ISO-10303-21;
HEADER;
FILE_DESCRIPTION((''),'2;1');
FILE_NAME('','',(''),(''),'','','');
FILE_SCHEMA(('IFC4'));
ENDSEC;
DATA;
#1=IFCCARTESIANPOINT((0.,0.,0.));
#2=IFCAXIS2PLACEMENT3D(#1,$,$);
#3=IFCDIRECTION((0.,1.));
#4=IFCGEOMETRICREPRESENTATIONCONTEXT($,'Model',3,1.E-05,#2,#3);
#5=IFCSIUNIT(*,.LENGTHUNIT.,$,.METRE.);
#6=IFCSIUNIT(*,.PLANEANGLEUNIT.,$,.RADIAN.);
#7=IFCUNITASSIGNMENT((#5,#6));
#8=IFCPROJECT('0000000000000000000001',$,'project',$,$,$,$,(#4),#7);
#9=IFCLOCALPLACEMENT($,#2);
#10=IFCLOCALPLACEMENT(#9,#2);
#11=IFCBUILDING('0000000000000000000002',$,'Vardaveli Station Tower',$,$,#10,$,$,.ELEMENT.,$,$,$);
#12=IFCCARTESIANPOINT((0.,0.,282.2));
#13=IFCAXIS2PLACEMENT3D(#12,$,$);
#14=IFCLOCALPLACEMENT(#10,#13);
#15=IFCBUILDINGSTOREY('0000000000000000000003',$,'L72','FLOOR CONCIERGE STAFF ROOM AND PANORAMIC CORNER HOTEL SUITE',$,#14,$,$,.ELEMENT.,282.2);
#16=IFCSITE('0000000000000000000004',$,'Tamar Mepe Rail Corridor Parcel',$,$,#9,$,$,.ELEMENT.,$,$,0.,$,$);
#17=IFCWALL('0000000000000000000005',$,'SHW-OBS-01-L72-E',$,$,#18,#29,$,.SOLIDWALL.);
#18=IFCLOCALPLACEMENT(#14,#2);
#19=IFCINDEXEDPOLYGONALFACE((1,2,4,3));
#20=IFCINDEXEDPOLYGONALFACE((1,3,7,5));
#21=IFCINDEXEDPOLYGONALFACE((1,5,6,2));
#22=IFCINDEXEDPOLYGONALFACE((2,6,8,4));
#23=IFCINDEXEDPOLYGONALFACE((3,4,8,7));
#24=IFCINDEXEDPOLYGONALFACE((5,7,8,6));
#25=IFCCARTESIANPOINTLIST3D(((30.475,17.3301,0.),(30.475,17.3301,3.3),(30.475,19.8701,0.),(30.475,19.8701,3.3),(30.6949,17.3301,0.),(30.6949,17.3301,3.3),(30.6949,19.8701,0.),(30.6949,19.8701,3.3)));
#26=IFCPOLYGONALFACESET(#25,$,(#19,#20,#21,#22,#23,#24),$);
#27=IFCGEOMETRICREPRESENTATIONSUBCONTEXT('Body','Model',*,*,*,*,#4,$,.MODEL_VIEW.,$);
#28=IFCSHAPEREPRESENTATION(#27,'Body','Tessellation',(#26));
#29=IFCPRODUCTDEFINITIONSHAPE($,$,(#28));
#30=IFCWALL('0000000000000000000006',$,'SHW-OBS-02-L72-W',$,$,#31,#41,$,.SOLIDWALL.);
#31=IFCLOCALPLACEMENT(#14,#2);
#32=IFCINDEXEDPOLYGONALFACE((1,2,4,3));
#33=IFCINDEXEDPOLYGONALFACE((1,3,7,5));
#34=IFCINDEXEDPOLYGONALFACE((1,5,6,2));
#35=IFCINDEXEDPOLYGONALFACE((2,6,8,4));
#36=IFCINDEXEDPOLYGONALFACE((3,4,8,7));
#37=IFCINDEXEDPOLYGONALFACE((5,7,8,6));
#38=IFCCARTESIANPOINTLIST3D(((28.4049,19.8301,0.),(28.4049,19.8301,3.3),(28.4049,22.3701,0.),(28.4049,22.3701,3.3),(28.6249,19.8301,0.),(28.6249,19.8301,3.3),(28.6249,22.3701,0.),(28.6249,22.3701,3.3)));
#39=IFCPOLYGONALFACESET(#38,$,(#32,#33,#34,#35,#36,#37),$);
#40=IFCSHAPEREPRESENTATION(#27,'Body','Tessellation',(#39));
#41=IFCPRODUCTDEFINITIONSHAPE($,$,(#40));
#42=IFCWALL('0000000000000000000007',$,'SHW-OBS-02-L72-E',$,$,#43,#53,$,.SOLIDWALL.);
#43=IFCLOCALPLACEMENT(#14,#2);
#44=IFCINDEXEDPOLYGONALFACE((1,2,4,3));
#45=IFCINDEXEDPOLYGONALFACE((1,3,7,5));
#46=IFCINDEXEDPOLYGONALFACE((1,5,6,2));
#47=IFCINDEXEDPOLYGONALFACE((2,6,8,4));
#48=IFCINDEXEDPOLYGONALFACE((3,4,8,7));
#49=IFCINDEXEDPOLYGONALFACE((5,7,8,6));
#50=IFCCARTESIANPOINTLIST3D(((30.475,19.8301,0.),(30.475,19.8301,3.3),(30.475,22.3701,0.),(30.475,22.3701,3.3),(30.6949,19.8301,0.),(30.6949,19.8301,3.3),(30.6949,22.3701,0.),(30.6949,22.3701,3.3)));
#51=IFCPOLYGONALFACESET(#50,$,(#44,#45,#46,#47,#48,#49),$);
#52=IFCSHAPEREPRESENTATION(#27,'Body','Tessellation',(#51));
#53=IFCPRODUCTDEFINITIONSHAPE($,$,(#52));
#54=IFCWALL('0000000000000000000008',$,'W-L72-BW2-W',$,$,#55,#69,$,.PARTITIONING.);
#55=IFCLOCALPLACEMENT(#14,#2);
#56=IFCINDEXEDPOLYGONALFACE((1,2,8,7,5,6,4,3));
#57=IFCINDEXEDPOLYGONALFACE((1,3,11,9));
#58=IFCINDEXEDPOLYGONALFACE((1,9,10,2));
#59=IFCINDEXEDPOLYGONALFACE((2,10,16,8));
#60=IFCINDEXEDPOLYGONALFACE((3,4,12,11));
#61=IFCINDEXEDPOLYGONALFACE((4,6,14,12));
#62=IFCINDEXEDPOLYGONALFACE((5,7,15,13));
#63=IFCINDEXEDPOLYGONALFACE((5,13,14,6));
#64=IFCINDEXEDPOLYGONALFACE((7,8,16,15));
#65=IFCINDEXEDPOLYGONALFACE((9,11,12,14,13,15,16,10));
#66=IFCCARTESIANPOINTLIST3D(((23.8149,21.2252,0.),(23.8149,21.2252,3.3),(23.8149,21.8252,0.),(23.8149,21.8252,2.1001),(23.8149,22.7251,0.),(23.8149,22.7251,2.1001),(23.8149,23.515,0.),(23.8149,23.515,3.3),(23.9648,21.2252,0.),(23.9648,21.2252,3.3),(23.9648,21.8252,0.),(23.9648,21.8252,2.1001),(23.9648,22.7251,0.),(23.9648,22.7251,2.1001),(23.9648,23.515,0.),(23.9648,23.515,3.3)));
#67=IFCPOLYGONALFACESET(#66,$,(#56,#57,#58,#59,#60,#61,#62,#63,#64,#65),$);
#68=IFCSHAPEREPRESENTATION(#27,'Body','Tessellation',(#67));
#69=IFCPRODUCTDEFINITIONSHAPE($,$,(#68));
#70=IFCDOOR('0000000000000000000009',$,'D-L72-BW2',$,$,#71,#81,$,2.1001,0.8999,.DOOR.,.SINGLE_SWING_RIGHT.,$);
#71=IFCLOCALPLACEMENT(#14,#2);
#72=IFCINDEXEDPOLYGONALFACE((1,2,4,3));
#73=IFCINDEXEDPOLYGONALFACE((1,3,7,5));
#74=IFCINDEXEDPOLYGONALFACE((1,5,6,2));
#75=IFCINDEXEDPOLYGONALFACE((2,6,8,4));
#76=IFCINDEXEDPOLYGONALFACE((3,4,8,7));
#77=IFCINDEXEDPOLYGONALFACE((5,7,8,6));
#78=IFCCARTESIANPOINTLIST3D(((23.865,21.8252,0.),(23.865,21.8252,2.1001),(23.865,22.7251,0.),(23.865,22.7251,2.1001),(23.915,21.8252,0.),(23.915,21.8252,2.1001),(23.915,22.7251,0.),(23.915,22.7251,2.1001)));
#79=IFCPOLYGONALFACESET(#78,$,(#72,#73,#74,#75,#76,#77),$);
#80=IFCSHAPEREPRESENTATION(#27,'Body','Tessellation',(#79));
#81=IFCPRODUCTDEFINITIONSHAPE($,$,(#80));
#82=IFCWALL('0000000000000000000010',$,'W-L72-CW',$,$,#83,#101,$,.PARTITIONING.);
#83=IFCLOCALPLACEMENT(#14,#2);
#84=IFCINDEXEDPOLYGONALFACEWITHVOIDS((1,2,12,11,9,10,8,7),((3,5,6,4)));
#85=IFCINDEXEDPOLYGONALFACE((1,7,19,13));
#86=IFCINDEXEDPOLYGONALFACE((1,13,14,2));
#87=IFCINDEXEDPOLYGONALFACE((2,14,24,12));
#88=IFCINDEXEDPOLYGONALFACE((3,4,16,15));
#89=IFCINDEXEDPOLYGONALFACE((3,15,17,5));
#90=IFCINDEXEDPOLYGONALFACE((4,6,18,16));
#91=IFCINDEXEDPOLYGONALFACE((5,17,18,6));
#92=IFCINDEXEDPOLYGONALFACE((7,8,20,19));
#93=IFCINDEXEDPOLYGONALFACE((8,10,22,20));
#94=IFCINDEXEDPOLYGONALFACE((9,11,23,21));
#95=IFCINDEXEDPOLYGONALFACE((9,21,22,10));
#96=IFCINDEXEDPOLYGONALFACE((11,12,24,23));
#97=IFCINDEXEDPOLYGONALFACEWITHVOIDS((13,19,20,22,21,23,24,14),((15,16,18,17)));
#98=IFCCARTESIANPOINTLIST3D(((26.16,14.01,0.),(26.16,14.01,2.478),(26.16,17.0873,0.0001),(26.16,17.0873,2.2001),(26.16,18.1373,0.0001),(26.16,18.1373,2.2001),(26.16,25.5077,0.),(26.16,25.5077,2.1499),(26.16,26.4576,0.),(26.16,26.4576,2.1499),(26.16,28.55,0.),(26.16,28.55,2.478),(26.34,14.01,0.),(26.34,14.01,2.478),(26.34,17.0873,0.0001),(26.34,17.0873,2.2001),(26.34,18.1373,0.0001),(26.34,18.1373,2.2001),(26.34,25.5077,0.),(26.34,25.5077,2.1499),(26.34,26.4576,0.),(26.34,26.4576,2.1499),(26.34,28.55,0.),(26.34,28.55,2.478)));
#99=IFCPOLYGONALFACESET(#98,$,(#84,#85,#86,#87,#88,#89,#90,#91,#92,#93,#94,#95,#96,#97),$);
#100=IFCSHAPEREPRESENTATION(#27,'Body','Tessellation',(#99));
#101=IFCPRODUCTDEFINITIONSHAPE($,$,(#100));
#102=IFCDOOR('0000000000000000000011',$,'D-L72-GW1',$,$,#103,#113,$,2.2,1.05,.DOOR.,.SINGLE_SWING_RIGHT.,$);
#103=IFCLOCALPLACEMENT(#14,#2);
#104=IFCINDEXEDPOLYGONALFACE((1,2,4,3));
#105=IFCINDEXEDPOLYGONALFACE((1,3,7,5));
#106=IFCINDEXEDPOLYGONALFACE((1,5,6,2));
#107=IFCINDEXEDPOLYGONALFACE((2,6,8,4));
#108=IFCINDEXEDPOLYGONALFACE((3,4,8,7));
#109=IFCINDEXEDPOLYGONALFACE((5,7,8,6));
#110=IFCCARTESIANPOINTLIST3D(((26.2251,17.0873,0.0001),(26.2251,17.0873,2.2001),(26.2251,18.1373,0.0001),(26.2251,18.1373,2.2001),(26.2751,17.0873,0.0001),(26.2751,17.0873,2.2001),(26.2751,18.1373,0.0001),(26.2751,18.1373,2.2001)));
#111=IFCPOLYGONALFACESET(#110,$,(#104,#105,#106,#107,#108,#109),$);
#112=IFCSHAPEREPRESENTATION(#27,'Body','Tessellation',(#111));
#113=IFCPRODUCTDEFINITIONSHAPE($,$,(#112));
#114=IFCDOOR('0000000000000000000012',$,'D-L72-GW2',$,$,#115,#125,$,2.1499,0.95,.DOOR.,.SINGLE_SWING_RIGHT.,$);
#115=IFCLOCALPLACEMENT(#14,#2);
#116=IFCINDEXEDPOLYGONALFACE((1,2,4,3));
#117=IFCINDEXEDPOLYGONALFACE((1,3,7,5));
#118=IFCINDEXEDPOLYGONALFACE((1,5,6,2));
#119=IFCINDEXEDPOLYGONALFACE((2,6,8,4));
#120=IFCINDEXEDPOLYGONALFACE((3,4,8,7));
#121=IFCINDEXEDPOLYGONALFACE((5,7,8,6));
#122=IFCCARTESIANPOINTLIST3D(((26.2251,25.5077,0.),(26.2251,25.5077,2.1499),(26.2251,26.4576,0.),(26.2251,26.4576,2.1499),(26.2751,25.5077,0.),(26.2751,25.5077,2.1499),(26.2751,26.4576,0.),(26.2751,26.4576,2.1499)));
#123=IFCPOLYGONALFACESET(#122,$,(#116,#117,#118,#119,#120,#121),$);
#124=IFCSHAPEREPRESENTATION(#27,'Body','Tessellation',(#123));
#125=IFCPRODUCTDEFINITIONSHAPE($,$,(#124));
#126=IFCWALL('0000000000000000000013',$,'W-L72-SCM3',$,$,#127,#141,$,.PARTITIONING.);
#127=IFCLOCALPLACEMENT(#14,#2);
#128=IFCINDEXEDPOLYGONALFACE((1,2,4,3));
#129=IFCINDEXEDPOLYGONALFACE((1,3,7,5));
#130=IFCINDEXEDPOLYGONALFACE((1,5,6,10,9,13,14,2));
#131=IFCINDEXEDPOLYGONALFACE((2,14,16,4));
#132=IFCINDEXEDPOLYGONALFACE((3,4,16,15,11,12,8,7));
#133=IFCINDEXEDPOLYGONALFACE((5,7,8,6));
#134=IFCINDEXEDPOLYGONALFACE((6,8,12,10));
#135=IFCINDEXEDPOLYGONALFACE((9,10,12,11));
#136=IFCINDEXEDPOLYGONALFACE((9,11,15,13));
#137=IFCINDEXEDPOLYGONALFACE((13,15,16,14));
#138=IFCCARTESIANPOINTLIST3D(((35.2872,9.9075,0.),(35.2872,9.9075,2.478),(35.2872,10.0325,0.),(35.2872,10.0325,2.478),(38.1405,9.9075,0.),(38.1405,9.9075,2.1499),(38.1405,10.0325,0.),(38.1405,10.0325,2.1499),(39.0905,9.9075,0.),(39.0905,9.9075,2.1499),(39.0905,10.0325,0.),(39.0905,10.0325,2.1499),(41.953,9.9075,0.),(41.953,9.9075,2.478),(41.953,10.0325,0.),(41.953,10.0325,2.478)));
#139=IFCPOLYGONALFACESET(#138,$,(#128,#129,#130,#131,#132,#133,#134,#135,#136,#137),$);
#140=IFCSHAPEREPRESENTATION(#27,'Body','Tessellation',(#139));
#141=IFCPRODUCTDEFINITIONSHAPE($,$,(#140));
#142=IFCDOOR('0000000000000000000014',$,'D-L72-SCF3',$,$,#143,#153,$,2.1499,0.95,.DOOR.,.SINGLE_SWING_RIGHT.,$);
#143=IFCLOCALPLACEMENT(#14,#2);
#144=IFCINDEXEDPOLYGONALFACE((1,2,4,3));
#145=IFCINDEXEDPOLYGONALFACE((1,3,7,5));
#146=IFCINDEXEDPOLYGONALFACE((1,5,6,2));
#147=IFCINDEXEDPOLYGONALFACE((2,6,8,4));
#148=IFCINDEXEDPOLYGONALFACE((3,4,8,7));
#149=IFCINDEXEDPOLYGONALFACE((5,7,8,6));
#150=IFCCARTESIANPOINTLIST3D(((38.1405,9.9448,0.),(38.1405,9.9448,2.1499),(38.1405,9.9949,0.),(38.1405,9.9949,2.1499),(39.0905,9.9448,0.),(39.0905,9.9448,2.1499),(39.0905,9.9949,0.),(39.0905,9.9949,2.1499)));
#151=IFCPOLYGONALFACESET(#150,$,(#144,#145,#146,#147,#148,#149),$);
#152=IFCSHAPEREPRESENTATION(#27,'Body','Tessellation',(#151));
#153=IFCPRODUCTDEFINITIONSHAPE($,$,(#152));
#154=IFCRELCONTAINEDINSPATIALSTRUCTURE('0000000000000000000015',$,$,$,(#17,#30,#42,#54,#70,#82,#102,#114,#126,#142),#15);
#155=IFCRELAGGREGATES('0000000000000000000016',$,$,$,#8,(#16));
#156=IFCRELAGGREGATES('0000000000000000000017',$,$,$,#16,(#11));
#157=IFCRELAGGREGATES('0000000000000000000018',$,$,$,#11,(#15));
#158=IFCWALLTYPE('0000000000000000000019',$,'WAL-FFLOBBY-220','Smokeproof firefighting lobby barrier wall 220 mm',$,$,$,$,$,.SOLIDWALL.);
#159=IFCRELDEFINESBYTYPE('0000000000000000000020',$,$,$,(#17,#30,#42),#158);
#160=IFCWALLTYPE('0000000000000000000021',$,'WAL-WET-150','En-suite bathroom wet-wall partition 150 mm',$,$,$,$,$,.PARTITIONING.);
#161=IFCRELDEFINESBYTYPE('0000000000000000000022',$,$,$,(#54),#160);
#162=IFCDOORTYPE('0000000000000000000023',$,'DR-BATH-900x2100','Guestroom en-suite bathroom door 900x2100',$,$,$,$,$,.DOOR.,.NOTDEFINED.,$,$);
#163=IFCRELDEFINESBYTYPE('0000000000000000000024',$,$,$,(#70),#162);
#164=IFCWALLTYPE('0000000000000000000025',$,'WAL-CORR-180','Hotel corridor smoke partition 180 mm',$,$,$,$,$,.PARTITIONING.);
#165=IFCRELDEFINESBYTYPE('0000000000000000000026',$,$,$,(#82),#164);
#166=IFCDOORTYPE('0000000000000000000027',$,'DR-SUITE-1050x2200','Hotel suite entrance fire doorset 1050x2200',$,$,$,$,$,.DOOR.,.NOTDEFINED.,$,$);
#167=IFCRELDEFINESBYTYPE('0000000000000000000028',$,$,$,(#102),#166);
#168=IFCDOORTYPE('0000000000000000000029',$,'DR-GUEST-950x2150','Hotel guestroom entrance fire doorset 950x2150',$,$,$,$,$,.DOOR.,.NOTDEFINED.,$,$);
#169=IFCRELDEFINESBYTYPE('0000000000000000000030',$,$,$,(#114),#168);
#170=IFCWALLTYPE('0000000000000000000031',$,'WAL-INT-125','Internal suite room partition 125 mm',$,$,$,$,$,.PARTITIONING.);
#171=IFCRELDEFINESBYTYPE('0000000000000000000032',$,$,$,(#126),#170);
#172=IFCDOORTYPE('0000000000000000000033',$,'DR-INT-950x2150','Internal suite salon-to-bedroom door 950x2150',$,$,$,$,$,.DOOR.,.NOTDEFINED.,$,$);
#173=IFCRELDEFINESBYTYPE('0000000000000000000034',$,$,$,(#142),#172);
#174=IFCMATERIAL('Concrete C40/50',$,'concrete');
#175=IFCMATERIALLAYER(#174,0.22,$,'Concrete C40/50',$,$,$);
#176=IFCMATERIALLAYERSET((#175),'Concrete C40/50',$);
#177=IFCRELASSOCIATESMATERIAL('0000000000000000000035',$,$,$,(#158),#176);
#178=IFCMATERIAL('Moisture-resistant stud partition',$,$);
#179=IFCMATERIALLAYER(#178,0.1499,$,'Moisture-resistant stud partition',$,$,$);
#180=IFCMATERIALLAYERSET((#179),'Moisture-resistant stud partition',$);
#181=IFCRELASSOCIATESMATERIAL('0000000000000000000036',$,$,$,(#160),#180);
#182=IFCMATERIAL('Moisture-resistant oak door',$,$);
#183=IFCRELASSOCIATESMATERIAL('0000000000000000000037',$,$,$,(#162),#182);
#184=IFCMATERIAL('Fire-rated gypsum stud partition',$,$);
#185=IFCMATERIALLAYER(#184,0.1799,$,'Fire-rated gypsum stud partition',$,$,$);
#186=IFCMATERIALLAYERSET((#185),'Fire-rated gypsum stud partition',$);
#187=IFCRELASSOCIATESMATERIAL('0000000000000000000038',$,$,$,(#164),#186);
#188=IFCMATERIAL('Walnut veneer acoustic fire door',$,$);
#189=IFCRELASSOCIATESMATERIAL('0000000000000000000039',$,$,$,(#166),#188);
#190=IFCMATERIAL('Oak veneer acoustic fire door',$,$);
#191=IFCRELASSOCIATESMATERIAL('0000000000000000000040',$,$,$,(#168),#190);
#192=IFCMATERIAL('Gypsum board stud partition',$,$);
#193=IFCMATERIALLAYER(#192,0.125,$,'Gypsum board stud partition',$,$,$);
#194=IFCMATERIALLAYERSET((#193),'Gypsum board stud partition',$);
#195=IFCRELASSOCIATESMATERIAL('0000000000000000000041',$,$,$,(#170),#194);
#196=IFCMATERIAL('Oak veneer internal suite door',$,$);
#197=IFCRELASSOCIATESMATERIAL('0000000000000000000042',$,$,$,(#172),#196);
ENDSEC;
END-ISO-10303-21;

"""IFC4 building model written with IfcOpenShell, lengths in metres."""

from ifc_helpers import new_model, si_unit, direction, frame, frame_2d, origin, place, context, subcontext, project, spatial, rectangle, extrude, source, transform, mapped, material, layer, layer_set, type_object, element, fill, save


model = new_model("IFC4")

# Units and contexts
model_context = context("Model", 3, precision=1e-05, world=origin(), true_north=direction((0.0, 1.0)))
body_context = subcontext(model_context, "Body", "Model", "MODEL_VIEW")
ifc_project = project(units=[si_unit("LENGTHUNIT", "METRE"), si_unit("PLANEANGLEUNIT", "RADIAN")], contexts=[model_context])

# Site, building, storey
site_placement = place(None, origin())
site = spatial("IfcSite", under=ifc_project, at=site_placement, Name="Tamar Mepe Rail Corridor Parcel", CompositionType="ELEMENT", RefElevation=0.0)
building_placement = place(site_placement, origin())
building = spatial("IfcBuilding", under=site, at=building_placement, Name="Vardaveli Station Tower", CompositionType="ELEMENT")
storey_placement = place(building_placement, frame((0.0, 0.0, 282.2)))
storey = spatial("IfcBuildingStorey", under=building, at=storey_placement, Name="L72", Description="FLOOR CONCIERGE STAFF ROOM AND PANORAMIC CORNER HOTEL SUITE", CompositionType="ELEMENT", Elevation=282.2)

# Walls
ifc_material_1 = material(Name="Concrete C40/50", Category="concrete")
ifc_layer_1 = layer(ifc_material_1, 0.22, Name="Concrete C40/50")
ifc_layer_set_1 = layer_set([ifc_layer_1], Name="Concrete C40/50")
wall_type_1 = type_object("IfcWallType", Name="WAL-FFLOBBY-220", Description="Smokeproof firefighting lobby barrier wall 220 mm", PredefinedType="SOLIDWALL", material=ifc_layer_set_1)
shared_shape_1 = source(origin(), body_context, "Body", "SweptSolid", [
    extrude(rectangle(XDim=2.54, YDim=0.22, at=frame_2d((1.27, 0.0))), origin(), (0.0, 0.0, 1.0), 3.3),
])
for number, where, z_axis, x_axis, name in (
    (1, (30.585, 17.3301, 0.0), (0.0, 0.0, 1.0), (0.0, 1.0, 0.0), "SHW-OBS-01-L72-E"),
    (2, (28.5149, 19.8301, 0.0), (0.0, 0.0, 1.0), (0.0, 1.0, 0.0), "SHW-OBS-02-L72-W"),
    (3, (30.585, 19.8301, 0.0), (0.0, 0.0, 1.0), (0.0, 1.0, 0.0), "SHW-OBS-02-L72-E"),
):
    element("IfcWall", number, at=place(storey_placement, frame(where, z_axis=z_axis, x_axis=x_axis)), inside=storey, type_object=wall_type_1, Name=name, PredefinedType="SOLIDWALL", context=body_context, shape_type="MappedRepresentation", body=[
        mapped(shared_shape_1, transform((0.0, 0.0, 0.0), scale=1.0)),
    ])

# Wall, opening, door
ifc_material_2 = material(Name="Moisture-resistant stud partition")
ifc_layer_2 = layer(ifc_material_2, 0.1499, Name="Moisture-resistant stud partition")
ifc_layer_set_2 = layer_set([ifc_layer_2], Name="Moisture-resistant stud partition")
wall_type_2 = type_object("IfcWallType", Name="WAL-WET-150", Description="En-suite bathroom wet-wall partition 150 mm", PredefinedType="PARTITIONING", material=ifc_layer_set_2)
shared_shape_2 = source(origin(), body_context, "Body", "SweptSolid", [
    extrude(rectangle(XDim=2.2898, YDim=0.1499, at=frame_2d((1.145, 0.0))), origin(), (0.0, 0.0, 1.0), 3.3),
])
wall_1_placement = place(storey_placement, frame((23.8899, 21.2251, 0.0), z_axis=(0.0, 0.0, 1.0), x_axis=(0.0, 1.0, 0.0)))
wall_1 = element("IfcWall", 4, at=wall_1_placement, inside=storey, type_object=wall_type_2, Name="W-L72-BW2-W", PredefinedType="PARTITIONING", context=body_context, shape_type="MappedRepresentation", body=[
    mapped(shared_shape_2, transform((0.0, 0.0, 0.0), scale=1.0)),
])
shared_shape_3 = source(origin(), body_context, "Body", "SweptSolid", [
    extrude(rectangle(XDim=0.8999, YDim=2.1001, at=frame_2d((0.45, 1.05))), frame((0.0, 0.085, 0.0), z_axis=(0.0, -1.0, 0.0), x_axis=(1.0, 0.0, 0.0)), (0.0, 0.0, 1.0), 0.1699),
])
opening_1_placement = place(wall_1_placement, frame((0.6001, 0.0, 0.0)))
opening_1 = element("IfcOpeningElement", 5, at=opening_1_placement, cuts=wall_1, PredefinedType="OPENING", context=body_context, shape_type="MappedRepresentation", body=[
    mapped(shared_shape_3, transform((0.0, 0.0, 0.0), scale=1.0)),
])
ifc_material_3 = material(Name="Moisture-resistant oak door")
door_type_1 = type_object("IfcDoorType", Name="DR-BATH-900x2100", Description="Guestroom en-suite bathroom door 900x2100", OperationType="NOTDEFINED", PredefinedType="DOOR", material=ifc_material_3)
shared_shape_4 = source(origin(), body_context, "Body", "SweptSolid", [
    extrude(rectangle(XDim=0.8999, YDim=2.1001, at=frame_2d((0.45, 1.05))), frame((0.0, 0.0249, 0.0), z_axis=(0.0, -1.0, 0.0), x_axis=(1.0, 0.0, 0.0)), (0.0, 0.0, 1.0), 0.05),
])
door_1_placement = place(opening_1_placement, origin())
door_1 = element("IfcDoor", 6, at=door_1_placement, inside=storey, type_object=door_type_1, Name="D-L72-BW2", OperationType="SINGLE_SWING_RIGHT", OverallHeight=2.1001, OverallWidth=0.8999, PredefinedType="DOOR", context=body_context, shape_type="MappedRepresentation", body=[
    mapped(shared_shape_4, transform((0.0, 0.0, 0.0), scale=1.0)),
])
fill(opening_1, door_1)

# Wall, openings, doors
ifc_material_4 = material(Name="Fire-rated gypsum stud partition")
ifc_layer_3 = layer(ifc_material_4, 0.1799, Name="Fire-rated gypsum stud partition")
ifc_layer_set_3 = layer_set([ifc_layer_3], Name="Fire-rated gypsum stud partition")
wall_type_3 = type_object("IfcWallType", Name="WAL-CORR-180", Description="Hotel corridor smoke partition 180 mm", PredefinedType="PARTITIONING", material=ifc_layer_set_3)
shared_shape_5 = source(origin(), body_context, "Body", "SweptSolid", [
    extrude(rectangle(XDim=14.54, YDim=0.1799, at=frame_2d((7.27, 0.0))), origin(), (0.0, 0.0, 1.0), 2.478),
])
wall_2_placement = place(storey_placement, frame((26.25, 14.01, 0.0), z_axis=(0.0, 0.0, 1.0), x_axis=(0.0, 1.0, 0.0)))
wall_2 = element("IfcWall", 7, at=wall_2_placement, inside=storey, type_object=wall_type_3, Name="W-L72-CW", PredefinedType="PARTITIONING", context=body_context, shape_type="MappedRepresentation", body=[
    mapped(shared_shape_5, transform((0.0, 0.0, 0.0), scale=1.0)),
])
shared_shape_6 = source(origin(), body_context, "Body", "SweptSolid", [
    extrude(rectangle(XDim=1.05, YDim=2.2, at=frame_2d((0.5249, 1.1001))), frame((0.0, 0.1001, 0.0), z_axis=(0.0, -1.0, 0.0), x_axis=(1.0, 0.0, 0.0)), (0.0, 0.0, 1.0), 0.2),
])
opening_2_placement = place(wall_2_placement, frame((3.0774, 0.0, 0.0)))
opening_2 = element("IfcOpeningElement", 8, at=opening_2_placement, cuts=wall_2, PredefinedType="OPENING", context=body_context, shape_type="MappedRepresentation", body=[
    mapped(shared_shape_6, transform((0.0, 0.0, 0.0), scale=1.0)),
])
shared_shape_7 = source(origin(), body_context, "Body", "SweptSolid", [
    extrude(rectangle(XDim=0.95, YDim=2.1499, at=frame_2d((0.4751, 1.075))), frame((0.0, 0.1001, 0.0), z_axis=(0.0, -1.0, 0.0), x_axis=(1.0, 0.0, 0.0)), (0.0, 0.0, 1.0), 0.2),
])
opening_3_placement = place(wall_2_placement, frame((11.4976, 0.0, 0.0)))
opening_3 = element("IfcOpeningElement", 9, at=opening_3_placement, cuts=wall_2, PredefinedType="OPENING", context=body_context, shape_type="MappedRepresentation", body=[
    mapped(shared_shape_7, transform((0.0, 0.0, 0.0), scale=1.0)),
])
ifc_material_5 = material(Name="Walnut veneer acoustic fire door")
door_type_2 = type_object("IfcDoorType", Name="DR-SUITE-1050x2200", Description="Hotel suite entrance fire doorset 1050x2200", OperationType="NOTDEFINED", PredefinedType="DOOR", material=ifc_material_5)
shared_shape_8 = source(origin(), body_context, "Body", "SweptSolid", [
    extrude(rectangle(XDim=1.05, YDim=2.2, at=frame_2d((0.5249, 1.1001))), frame((0.0, 0.0249, 0.0), z_axis=(0.0, -1.0, 0.0), x_axis=(1.0, 0.0, 0.0)), (0.0, 0.0, 1.0), 0.05),
])
door_2_placement = place(opening_2_placement, origin())
door_2 = element("IfcDoor", 10, at=door_2_placement, inside=storey, type_object=door_type_2, Name="D-L72-GW1", OperationType="SINGLE_SWING_RIGHT", OverallHeight=2.2, OverallWidth=1.05, PredefinedType="DOOR", context=body_context, shape_type="MappedRepresentation", body=[
    mapped(shared_shape_8, transform((0.0, 0.0, 0.0), scale=1.0)),
])
fill(opening_2, door_2)
ifc_material_6 = material(Name="Oak veneer acoustic fire door")
door_type_3 = type_object("IfcDoorType", Name="DR-GUEST-950x2150", Description="Hotel guestroom entrance fire doorset 950x2150", OperationType="NOTDEFINED", PredefinedType="DOOR", material=ifc_material_6)
shared_shape_9 = source(origin(), body_context, "Body", "SweptSolid", [
    extrude(rectangle(XDim=0.95, YDim=2.1499, at=frame_2d((0.4751, 1.075))), frame((0.0, 0.0249, 0.0), z_axis=(0.0, -1.0, 0.0), x_axis=(1.0, 0.0, 0.0)), (0.0, 0.0, 1.0), 0.05),
])
door_3_placement = place(opening_3_placement, origin())
door_3 = element("IfcDoor", 11, at=door_3_placement, inside=storey, type_object=door_type_3, Name="D-L72-GW2", OperationType="SINGLE_SWING_RIGHT", OverallHeight=2.1499, OverallWidth=0.95, PredefinedType="DOOR", context=body_context, shape_type="MappedRepresentation", body=[
    mapped(shared_shape_9, transform((0.0, 0.0, 0.0), scale=1.0)),
])
fill(opening_3, door_3)

# Wall, opening, door
ifc_material_7 = material(Name="Gypsum board stud partition")
ifc_layer_4 = layer(ifc_material_7, 0.125, Name="Gypsum board stud partition")
ifc_layer_set_4 = layer_set([ifc_layer_4], Name="Gypsum board stud partition")
wall_type_4 = type_object("IfcWallType", Name="WAL-INT-125", Description="Internal suite room partition 125 mm", PredefinedType="PARTITIONING", material=ifc_layer_set_4)
shared_shape_10 = source(origin(), body_context, "Body", "SweptSolid", [
    extrude(rectangle(XDim=6.6658, YDim=0.125, at=frame_2d((3.333, 0.0))), origin(), (0.0, 0.0, 1.0), 2.478),
])
wall_3_placement = place(storey_placement, frame((35.2871, 9.97, 0.0), z_axis=(0.0, 0.0, 1.0), x_axis=(1.0, 0.0, 0.0)))
wall_3 = element("IfcWall", 12, at=wall_3_placement, inside=storey, type_object=wall_type_4, Name="W-L72-SCM3", PredefinedType="PARTITIONING", context=body_context, shape_type="MappedRepresentation", body=[
    mapped(shared_shape_10, transform((0.0, 0.0, 0.0), scale=1.0)),
])
shared_shape_11 = source(origin(), body_context, "Body", "SweptSolid", [
    extrude(rectangle(XDim=0.95, YDim=2.1499, at=frame_2d((0.4751, 1.075))), frame((0.0, 0.0725, 0.0), z_axis=(0.0, -1.0, 0.0), x_axis=(1.0, 0.0, 0.0)), (0.0, 0.0, 1.0), 0.145),
])
opening_4_placement = place(wall_3_placement, frame((2.8533, 0.0, 0.0)))
opening_4 = element("IfcOpeningElement", 13, at=opening_4_placement, cuts=wall_3, PredefinedType="OPENING", context=body_context, shape_type="MappedRepresentation", body=[
    mapped(shared_shape_11, transform((0.0, 0.0, 0.0), scale=1.0)),
])
ifc_material_8 = material(Name="Oak veneer internal suite door")
door_type_4 = type_object("IfcDoorType", Name="DR-INT-950x2150", Description="Internal suite salon-to-bedroom door 950x2150", OperationType="NOTDEFINED", PredefinedType="DOOR", material=ifc_material_8)
door_4_placement = place(opening_4_placement, origin())
door_4 = element("IfcDoor", 14, at=door_4_placement, inside=storey, type_object=door_type_4, Name="D-L72-SCF3", OperationType="SINGLE_SWING_RIGHT", OverallHeight=2.1499, OverallWidth=0.95, PredefinedType="DOOR", context=body_context, shape_type="MappedRepresentation", body=[
    mapped(shared_shape_9, transform((0.0, 0.0, 0.0), scale=1.0)),
])
fill(opening_4, door_4)

save(model, "model.ifc")
